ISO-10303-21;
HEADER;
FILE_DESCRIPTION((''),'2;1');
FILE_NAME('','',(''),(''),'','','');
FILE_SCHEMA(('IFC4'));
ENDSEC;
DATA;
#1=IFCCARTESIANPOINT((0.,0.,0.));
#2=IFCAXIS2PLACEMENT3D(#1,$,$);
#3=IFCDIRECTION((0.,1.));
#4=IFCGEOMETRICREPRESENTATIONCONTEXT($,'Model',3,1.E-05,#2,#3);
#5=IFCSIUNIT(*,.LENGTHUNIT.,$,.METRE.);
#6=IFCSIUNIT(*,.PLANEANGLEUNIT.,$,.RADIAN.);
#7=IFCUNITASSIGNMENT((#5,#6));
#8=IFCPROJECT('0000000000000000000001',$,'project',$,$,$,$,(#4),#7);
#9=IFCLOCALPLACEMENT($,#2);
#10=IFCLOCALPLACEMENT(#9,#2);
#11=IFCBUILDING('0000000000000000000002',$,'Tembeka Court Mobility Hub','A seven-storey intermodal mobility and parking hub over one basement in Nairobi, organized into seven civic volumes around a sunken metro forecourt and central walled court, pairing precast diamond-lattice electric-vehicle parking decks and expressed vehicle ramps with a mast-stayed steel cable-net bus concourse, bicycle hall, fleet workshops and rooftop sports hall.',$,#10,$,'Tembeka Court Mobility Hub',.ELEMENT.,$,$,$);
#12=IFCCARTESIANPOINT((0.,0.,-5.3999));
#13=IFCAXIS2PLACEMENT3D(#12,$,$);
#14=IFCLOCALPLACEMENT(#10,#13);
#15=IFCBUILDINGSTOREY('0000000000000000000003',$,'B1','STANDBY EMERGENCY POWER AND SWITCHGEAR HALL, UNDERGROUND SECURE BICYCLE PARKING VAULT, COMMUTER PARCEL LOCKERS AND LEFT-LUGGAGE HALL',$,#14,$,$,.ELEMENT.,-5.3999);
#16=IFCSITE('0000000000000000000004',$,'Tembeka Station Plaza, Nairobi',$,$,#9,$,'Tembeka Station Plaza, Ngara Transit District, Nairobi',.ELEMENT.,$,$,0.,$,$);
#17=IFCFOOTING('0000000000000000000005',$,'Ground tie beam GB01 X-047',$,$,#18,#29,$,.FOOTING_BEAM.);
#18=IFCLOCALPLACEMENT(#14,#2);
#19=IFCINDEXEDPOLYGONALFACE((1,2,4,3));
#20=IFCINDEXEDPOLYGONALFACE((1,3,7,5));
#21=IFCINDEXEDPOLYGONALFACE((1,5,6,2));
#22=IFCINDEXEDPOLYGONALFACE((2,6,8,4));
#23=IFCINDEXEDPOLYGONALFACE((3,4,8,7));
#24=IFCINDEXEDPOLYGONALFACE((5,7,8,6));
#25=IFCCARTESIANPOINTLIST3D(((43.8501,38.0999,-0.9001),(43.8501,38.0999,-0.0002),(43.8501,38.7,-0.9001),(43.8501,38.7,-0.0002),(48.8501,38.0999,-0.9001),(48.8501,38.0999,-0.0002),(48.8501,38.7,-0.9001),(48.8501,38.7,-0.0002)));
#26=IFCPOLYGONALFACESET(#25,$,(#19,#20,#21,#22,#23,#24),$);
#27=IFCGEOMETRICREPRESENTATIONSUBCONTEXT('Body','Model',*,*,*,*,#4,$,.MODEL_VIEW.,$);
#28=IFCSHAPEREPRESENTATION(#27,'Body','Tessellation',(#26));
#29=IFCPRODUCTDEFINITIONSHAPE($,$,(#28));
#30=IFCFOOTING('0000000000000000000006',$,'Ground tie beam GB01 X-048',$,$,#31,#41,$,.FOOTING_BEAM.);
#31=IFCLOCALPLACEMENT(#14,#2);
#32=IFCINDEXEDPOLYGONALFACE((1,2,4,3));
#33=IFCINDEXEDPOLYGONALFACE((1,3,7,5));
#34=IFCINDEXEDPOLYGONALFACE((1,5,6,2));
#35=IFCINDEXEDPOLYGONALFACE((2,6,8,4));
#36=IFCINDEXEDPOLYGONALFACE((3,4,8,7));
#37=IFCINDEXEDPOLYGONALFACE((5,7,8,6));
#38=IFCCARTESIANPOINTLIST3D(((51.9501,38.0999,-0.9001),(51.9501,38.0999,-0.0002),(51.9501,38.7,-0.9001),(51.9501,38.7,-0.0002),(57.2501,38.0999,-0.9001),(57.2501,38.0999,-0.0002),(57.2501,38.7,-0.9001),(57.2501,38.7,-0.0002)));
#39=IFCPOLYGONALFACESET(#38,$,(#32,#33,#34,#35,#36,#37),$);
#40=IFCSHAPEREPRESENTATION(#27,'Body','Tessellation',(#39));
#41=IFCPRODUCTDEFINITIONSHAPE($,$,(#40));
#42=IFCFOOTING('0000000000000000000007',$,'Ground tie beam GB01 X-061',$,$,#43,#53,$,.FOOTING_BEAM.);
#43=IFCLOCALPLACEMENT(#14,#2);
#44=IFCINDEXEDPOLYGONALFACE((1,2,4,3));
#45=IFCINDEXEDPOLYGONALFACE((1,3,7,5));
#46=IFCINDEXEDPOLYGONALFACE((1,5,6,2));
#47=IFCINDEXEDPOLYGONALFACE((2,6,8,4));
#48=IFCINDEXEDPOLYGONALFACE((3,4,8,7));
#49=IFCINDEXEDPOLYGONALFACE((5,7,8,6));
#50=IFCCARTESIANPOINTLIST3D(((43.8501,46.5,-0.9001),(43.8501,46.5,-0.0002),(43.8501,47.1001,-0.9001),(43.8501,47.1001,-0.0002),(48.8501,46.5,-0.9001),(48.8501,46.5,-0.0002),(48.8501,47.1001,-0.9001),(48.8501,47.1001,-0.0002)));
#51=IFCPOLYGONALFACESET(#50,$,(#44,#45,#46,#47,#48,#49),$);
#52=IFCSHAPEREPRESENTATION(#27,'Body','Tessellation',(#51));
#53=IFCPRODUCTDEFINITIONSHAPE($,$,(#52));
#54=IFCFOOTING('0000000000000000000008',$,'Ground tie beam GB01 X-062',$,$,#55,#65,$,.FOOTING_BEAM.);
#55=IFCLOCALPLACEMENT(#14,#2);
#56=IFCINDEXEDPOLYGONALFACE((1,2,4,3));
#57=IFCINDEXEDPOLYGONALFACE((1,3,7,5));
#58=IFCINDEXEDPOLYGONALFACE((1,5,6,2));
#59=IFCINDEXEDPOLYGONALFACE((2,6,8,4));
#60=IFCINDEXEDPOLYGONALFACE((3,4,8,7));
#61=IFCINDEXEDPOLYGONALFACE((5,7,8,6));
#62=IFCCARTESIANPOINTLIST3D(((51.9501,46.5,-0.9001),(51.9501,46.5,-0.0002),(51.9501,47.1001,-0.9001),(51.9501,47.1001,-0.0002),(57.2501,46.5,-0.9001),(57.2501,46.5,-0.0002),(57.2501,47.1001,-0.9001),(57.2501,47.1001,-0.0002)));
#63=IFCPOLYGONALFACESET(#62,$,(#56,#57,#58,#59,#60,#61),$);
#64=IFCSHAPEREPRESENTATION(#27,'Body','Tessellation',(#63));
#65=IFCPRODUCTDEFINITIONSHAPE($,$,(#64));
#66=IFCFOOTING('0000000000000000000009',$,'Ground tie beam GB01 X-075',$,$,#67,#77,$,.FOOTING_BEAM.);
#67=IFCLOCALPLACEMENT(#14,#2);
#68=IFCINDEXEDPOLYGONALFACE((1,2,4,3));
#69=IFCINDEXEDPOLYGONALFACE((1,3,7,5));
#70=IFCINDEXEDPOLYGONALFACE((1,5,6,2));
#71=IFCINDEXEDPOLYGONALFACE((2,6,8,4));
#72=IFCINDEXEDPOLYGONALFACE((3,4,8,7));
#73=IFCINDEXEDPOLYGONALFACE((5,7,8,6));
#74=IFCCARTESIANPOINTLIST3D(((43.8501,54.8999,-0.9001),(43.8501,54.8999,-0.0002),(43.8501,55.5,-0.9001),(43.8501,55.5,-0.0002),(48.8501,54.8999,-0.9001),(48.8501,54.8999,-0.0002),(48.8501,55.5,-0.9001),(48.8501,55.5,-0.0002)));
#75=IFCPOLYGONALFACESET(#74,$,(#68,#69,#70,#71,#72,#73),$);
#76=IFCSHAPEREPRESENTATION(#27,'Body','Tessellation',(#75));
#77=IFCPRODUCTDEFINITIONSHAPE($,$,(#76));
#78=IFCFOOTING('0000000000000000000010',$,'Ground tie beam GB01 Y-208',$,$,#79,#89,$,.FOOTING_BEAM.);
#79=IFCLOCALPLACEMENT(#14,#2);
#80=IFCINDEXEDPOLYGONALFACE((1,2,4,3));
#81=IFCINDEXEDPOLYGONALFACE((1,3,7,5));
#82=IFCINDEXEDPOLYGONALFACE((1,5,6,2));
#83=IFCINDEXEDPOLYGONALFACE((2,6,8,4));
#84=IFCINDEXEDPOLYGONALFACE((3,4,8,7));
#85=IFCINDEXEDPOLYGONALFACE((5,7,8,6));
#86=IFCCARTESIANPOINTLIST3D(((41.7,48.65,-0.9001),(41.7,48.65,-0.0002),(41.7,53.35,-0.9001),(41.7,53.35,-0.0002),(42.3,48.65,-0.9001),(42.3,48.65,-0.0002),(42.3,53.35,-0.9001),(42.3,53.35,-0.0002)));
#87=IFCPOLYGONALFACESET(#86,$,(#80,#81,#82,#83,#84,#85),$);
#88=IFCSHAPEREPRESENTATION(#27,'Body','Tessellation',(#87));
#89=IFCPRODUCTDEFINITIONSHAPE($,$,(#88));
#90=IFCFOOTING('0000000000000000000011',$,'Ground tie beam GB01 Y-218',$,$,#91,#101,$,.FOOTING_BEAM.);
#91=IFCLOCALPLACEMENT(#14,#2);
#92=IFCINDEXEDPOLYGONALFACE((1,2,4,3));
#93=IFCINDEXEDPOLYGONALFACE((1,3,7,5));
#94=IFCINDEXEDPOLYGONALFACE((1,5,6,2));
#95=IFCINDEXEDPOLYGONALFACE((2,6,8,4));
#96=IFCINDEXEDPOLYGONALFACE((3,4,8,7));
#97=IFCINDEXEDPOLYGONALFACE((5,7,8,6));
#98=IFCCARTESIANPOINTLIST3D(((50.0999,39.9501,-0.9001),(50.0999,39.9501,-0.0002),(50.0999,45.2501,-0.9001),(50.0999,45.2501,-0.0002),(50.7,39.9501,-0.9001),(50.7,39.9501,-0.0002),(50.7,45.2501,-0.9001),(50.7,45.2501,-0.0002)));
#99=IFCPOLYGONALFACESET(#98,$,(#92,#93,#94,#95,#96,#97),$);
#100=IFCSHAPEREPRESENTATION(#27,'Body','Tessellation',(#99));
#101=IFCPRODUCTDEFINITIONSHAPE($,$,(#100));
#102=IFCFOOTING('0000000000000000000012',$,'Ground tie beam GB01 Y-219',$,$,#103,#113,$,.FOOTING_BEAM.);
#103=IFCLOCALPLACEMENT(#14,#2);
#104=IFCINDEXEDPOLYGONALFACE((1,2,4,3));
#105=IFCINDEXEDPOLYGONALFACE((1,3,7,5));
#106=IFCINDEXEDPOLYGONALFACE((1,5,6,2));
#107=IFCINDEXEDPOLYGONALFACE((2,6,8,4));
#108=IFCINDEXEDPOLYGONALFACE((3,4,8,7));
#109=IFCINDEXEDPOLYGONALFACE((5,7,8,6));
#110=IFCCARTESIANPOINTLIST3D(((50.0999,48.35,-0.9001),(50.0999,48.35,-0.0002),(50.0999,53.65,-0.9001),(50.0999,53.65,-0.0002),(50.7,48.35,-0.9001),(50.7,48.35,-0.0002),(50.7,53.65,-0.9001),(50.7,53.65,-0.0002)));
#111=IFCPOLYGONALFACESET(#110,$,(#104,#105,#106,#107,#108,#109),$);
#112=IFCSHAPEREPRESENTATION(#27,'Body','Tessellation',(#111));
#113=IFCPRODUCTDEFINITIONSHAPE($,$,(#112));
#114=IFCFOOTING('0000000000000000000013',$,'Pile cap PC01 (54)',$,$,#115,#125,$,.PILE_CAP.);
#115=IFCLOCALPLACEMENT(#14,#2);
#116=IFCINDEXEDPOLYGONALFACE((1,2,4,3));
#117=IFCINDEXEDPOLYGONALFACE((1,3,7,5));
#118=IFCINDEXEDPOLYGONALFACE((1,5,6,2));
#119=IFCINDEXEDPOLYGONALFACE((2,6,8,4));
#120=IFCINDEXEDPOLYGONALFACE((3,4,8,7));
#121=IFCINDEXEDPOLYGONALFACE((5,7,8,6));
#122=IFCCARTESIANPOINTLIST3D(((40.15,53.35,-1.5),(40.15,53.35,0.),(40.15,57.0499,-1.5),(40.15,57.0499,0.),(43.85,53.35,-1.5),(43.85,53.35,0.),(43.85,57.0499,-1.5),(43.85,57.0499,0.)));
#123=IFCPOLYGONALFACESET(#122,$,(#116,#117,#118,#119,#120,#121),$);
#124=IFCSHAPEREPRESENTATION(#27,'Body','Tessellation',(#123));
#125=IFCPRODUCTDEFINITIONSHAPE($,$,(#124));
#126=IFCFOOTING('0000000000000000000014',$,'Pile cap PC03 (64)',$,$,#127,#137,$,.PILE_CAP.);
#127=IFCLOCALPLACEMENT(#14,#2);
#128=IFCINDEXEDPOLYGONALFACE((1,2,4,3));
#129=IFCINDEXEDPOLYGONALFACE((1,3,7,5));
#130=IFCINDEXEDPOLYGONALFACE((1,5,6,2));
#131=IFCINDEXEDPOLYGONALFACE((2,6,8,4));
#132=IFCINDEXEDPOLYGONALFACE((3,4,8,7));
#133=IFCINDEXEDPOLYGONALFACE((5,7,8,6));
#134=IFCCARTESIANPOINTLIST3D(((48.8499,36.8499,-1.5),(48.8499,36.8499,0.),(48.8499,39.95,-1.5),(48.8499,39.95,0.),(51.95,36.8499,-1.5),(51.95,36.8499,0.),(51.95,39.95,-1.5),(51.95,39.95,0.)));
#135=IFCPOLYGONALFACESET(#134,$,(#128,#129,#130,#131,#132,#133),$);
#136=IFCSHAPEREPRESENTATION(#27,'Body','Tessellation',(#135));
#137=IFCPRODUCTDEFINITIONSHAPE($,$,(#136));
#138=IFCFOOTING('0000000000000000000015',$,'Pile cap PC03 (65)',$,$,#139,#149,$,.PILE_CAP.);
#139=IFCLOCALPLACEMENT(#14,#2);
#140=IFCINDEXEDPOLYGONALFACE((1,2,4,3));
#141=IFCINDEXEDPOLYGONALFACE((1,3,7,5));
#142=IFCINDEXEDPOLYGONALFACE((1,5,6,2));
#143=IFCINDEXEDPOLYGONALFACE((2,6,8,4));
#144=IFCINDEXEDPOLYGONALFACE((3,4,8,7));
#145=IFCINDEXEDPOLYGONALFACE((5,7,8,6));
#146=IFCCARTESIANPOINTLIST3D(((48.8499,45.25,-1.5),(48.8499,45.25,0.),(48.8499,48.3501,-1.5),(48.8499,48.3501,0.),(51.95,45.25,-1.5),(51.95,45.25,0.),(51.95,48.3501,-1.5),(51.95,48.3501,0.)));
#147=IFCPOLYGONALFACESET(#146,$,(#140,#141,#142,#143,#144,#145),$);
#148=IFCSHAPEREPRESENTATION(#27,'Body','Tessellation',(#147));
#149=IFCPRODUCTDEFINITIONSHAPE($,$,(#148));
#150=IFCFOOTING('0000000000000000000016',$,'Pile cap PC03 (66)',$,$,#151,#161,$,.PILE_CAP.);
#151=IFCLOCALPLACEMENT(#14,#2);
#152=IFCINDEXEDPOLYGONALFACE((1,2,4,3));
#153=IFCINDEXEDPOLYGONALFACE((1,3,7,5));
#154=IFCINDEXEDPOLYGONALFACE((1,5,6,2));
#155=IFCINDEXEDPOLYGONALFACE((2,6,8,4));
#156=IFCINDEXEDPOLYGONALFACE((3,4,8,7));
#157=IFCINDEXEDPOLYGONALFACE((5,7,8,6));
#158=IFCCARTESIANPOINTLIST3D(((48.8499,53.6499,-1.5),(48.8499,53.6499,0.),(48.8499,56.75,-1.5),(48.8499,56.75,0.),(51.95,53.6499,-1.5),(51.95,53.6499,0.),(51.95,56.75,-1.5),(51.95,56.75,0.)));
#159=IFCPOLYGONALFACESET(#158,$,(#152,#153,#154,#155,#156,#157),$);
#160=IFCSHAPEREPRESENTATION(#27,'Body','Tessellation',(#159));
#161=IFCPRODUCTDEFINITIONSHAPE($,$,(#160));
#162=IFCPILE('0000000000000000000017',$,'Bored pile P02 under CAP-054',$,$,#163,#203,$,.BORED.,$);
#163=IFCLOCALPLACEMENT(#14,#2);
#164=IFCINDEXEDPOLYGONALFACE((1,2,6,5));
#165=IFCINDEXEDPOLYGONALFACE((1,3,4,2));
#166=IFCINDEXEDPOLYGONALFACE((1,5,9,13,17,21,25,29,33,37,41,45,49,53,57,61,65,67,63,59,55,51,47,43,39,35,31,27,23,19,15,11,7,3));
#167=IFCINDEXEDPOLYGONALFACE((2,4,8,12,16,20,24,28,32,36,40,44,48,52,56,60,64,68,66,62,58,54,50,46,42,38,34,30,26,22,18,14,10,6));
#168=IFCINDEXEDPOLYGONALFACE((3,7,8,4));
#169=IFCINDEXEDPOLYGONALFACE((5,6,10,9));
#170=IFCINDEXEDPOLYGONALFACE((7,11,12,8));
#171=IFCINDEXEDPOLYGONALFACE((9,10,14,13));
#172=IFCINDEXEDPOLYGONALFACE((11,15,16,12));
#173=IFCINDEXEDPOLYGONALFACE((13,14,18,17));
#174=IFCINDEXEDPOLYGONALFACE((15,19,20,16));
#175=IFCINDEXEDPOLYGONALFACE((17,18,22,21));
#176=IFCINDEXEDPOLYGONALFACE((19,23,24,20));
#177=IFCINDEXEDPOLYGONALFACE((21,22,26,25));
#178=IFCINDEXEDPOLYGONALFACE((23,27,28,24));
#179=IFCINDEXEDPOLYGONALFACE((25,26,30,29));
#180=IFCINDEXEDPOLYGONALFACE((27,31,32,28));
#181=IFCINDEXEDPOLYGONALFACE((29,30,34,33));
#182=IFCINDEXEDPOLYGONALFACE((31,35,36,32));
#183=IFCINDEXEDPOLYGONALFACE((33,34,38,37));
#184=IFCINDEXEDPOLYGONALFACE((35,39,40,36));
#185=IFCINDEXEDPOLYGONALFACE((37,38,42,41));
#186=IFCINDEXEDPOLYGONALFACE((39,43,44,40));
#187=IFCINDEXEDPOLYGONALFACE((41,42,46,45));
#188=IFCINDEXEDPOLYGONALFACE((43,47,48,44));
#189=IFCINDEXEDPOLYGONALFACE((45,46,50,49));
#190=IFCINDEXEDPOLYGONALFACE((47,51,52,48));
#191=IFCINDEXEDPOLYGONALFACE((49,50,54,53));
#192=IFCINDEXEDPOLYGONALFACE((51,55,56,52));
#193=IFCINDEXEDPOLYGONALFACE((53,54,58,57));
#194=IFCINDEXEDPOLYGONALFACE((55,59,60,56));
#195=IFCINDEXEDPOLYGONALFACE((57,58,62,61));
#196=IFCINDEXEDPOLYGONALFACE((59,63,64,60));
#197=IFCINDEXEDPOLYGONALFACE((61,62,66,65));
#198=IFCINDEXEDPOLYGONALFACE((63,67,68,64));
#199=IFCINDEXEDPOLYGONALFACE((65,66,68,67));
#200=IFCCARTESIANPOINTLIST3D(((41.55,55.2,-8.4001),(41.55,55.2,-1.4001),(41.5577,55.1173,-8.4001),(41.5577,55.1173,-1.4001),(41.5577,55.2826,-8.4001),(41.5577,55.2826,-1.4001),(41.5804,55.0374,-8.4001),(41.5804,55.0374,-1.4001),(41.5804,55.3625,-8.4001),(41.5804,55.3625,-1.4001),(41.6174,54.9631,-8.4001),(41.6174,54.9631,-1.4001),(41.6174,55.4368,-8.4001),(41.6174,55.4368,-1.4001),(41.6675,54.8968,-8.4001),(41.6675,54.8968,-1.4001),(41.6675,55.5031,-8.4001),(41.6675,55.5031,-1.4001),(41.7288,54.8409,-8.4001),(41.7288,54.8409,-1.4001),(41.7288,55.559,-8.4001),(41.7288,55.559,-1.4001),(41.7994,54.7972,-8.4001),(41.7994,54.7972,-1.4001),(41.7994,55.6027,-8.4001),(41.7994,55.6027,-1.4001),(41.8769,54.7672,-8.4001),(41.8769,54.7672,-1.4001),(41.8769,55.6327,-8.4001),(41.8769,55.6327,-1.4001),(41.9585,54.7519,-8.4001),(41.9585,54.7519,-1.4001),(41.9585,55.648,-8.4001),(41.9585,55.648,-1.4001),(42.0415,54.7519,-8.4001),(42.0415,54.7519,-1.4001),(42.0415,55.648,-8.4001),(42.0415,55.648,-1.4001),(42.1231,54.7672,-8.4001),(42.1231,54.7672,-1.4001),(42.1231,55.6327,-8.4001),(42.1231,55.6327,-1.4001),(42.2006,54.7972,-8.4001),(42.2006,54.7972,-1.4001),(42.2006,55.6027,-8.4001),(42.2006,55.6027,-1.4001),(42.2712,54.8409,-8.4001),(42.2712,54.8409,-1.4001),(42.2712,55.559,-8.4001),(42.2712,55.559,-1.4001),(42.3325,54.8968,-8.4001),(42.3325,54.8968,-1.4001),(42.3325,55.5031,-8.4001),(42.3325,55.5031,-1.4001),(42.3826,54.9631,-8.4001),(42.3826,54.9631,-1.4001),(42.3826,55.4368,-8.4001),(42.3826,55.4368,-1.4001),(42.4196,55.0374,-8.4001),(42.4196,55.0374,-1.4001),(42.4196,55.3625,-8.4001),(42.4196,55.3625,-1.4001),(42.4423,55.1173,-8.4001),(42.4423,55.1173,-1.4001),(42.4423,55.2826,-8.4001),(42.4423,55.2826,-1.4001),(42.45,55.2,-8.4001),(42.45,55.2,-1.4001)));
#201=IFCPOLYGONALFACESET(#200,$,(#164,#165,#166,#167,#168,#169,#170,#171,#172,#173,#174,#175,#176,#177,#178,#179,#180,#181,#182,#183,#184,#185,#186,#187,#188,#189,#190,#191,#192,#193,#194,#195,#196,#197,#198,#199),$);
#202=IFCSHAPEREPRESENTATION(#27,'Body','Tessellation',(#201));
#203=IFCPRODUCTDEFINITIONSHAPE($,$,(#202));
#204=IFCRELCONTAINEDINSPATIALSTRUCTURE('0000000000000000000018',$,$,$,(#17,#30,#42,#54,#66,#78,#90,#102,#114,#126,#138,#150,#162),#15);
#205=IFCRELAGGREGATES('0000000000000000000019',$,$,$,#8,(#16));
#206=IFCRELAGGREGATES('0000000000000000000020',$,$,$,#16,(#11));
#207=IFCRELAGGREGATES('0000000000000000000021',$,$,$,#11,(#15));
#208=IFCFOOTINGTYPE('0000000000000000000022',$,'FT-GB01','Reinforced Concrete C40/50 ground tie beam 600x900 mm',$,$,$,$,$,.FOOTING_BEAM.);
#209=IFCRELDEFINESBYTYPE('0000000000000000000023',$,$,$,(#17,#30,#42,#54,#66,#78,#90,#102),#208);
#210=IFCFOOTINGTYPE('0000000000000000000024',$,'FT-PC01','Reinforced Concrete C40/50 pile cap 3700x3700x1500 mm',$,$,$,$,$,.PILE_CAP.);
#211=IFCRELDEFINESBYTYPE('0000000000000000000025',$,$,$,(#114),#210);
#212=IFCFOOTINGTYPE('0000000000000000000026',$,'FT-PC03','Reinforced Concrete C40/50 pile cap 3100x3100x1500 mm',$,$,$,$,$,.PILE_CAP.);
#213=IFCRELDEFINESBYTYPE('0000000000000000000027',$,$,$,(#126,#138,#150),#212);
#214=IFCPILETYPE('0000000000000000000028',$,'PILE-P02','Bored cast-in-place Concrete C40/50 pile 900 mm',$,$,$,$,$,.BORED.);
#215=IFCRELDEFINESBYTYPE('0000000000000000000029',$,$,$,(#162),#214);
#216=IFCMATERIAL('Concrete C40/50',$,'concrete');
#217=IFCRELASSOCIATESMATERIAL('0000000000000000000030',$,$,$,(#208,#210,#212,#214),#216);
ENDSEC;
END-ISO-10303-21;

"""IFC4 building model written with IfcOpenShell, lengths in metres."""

from ifc_helpers import new_model, si_unit, direction, frame, origin, origin_2d, place, context, subcontext, project, spatial, rectangle, circle, extrude, material, material_profile, profile_set, type_object, element, save


model = new_model("IFC4")

# Units and contexts
model_context = context("Model", 3, precision=1e-05, world=origin(), true_north=direction((0.0, 1.0)))
body_context = subcontext(model_context, "Body", "Model", "MODEL_VIEW")
ifc_project = project(units=[si_unit("LENGTHUNIT", "METRE"), si_unit("PLANEANGLEUNIT", "RADIAN")], contexts=[model_context])

# Site, building, storey
site_placement = place(None, origin())
site = spatial("IfcSite", under=ifc_project, at=site_placement, Name="Tembeka Station Plaza, Nairobi", LongName="Tembeka Station Plaza, Ngara Transit District, Nairobi", CompositionType="ELEMENT", RefElevation=0.0)
building_placement = place(site_placement, origin())
building = spatial("IfcBuilding", under=site, at=building_placement, Name="Tembeka Court Mobility Hub", Description="A seven-storey intermodal mobility and parking hub over one basement in Nairobi, organized into seven civic volumes around a sunken metro forecourt and central walled court, pairing precast diamond-lattice electric-vehicle parking decks and expressed vehicle ramps with a mast-stayed steel cable-net bus concourse, bicycle hall, fleet workshops and rooftop sports hall.", LongName="Tembeka Court Mobility Hub", CompositionType="ELEMENT")
storey_placement = place(building_placement, frame((0.0, 0.0, -5.3999)))
storey = spatial("IfcBuildingStorey", under=building, at=storey_placement, Name="B1", Description="STANDBY EMERGENCY POWER AND SWITCHGEAR HALL, UNDERGROUND SECURE BICYCLE PARKING VAULT, COMMUTER PARCEL LOCKERS AND LEFT-LUGGAGE HALL", CompositionType="ELEMENT", Elevation=-5.3999)

# Footings
ifc_material_1 = material(Name="Concrete C40/50", Category="concrete")
footing_type_1 = type_object("IfcFootingType", Name="FT-GB01", Description="Reinforced Concrete C40/50 ground tie beam 600x900 mm", PredefinedType="FOOTING_BEAM", material=ifc_material_1)
footing_1_placement = place(storey_placement, frame((46.3501, 38.3999, -0.9001), z_axis=(0.0, 0.0, 1.0), x_axis=(1.0, 0.0, 0.0)))
element("IfcFooting", 1, at=footing_1_placement, inside=storey, type_object=footing_type_1, Name="Ground tie beam GB01 X-047", PredefinedType="FOOTING_BEAM", context=body_context, shape_type="SweptSolid", body=[
    extrude(rectangle(XDim=5.0, YDim=0.6001, at=origin_2d()), origin(), (0.0, 0.0, 1.0), 0.8999),
])
footing_2_placement = place(storey_placement, frame((54.6001, 38.3999, -0.9001), z_axis=(0.0, 0.0, 1.0), x_axis=(1.0, 0.0, 0.0)))
element("IfcFooting", 2, at=footing_2_placement, inside=storey, type_object=footing_type_1, Name="Ground tie beam GB01 X-048", PredefinedType="FOOTING_BEAM", context=body_context, shape_type="SweptSolid", body=[
    extrude(rectangle(XDim=5.3, YDim=0.6001, at=origin_2d()), origin(), (0.0, 0.0, 1.0), 0.8999),
])
footing_3_placement = place(storey_placement, frame((46.3501, 46.8, -0.9001), z_axis=(0.0, 0.0, 1.0), x_axis=(1.0, 0.0, 0.0)))
element("IfcFooting", 3, at=footing_3_placement, inside=storey, type_object=footing_type_1, Name="Ground tie beam GB01 X-061", PredefinedType="FOOTING_BEAM", context=body_context, shape_type="SweptSolid", body=[
    extrude(rectangle(XDim=5.0, YDim=0.6001, at=origin_2d()), origin(), (0.0, 0.0, 1.0), 0.8999),
])
footing_4_placement = place(storey_placement, frame((54.6001, 46.8, -0.9001), z_axis=(0.0, 0.0, 1.0), x_axis=(1.0, 0.0, 0.0)))
element("IfcFooting", 4, at=footing_4_placement, inside=storey, type_object=footing_type_1, Name="Ground tie beam GB01 X-062", PredefinedType="FOOTING_BEAM", context=body_context, shape_type="SweptSolid", body=[
    extrude(rectangle(XDim=5.3, YDim=0.6001, at=origin_2d()), origin(), (0.0, 0.0, 1.0), 0.8999),
])
footing_5_placement = place(storey_placement, frame((46.3501, 55.2, -0.9001), z_axis=(0.0, 0.0, 1.0), x_axis=(1.0, 0.0, 0.0)))
element("IfcFooting", 5, at=footing_5_placement, inside=storey, type_object=footing_type_1, Name="Ground tie beam GB01 X-075", PredefinedType="FOOTING_BEAM", context=body_context, shape_type="SweptSolid", body=[
    extrude(rectangle(XDim=5.0, YDim=0.6001, at=origin_2d()), origin(), (0.0, 0.0, 1.0), 0.8999),
])
footing_6_placement = place(storey_placement, frame((42.0, 51.0, -0.9001), z_axis=(0.0, 0.0, 1.0), x_axis=(0.0, 1.0, 0.0)))
element("IfcFooting", 6, at=footing_6_placement, inside=storey, type_object=footing_type_1, Name="Ground tie beam GB01 Y-208", PredefinedType="FOOTING_BEAM", context=body_context, shape_type="SweptSolid", body=[
    extrude(rectangle(XDim=4.7, YDim=0.6001, at=origin_2d()), origin(), (0.0, 0.0, 1.0), 0.8999),
])
for number, where, z_axis, x_axis, name in (
    (7, (50.3999, 42.6001, -0.9001), (0.0, 0.0, 1.0), (0.0, 1.0, 0.0), "Ground tie beam GB01 Y-218"),
    (8, (50.3999, 51.0, -0.9001), (0.0, 0.0, 1.0), (0.0, 1.0, 0.0), "Ground tie beam GB01 Y-219"),
):
    element("IfcFooting", number, at=place(storey_placement, frame(where, z_axis=z_axis, x_axis=x_axis)), inside=storey, type_object=footing_type_1, Name=name, PredefinedType="FOOTING_BEAM", context=body_context, shape_type="SweptSolid", body=[
        extrude(rectangle(XDim=5.3, YDim=0.6001, at=origin_2d()), origin(), (0.0, 0.0, 1.0), 0.8999),
    ])
footing_type_2 = type_object("IfcFootingType", Name="FT-PC01", Description="Reinforced Concrete C40/50 pile cap 3700x3700x1500 mm", PredefinedType="PILE_CAP", material=ifc_material_1)
footing_7_placement = place(storey_placement, frame((42.0, 55.2, -1.5), z_axis=(0.0, 0.0, 1.0), x_axis=(1.0, 0.0, 0.0)))
element("IfcFooting", 9, at=footing_7_placement, inside=storey, type_object=footing_type_2, Name="Pile cap PC01 (54)", PredefinedType="PILE_CAP", context=body_context, shape_type="SweptSolid", body=[
    extrude(rectangle(XDim=3.7, YDim=3.7, at=origin_2d()), origin(), (0.0, 0.0, 1.0), 1.5),
])
footing_type_3 = type_object("IfcFootingType", Name="FT-PC03", Description="Reinforced Concrete C40/50 pile cap 3100x3100x1500 mm", PredefinedType="PILE_CAP", material=ifc_material_1)
for number, where, z_axis, x_axis, name in (
    (10, (50.3999, 38.3999, -1.5), (0.0, 0.0, 1.0), (1.0, 0.0, 0.0), "Pile cap PC03 (64)"),
    (11, (50.3999, 46.8, -1.5), (0.0, 0.0, 1.0), (1.0, 0.0, 0.0), "Pile cap PC03 (65)"),
    (12, (50.3999, 55.2, -1.5), (0.0, 0.0, 1.0), (1.0, 0.0, 0.0), "Pile cap PC03 (66)"),
):
    element("IfcFooting", number, at=place(storey_placement, frame(where, z_axis=z_axis, x_axis=x_axis)), inside=storey, type_object=footing_type_3, Name=name, PredefinedType="PILE_CAP", context=body_context, shape_type="SweptSolid", body=[
        extrude(rectangle(XDim=3.1001, YDim=3.1001, at=origin_2d()), origin(), (0.0, 0.0, 1.0), 1.5),
    ])

# Pile
ifc_material_profile_1 = material_profile(ifc_material_1, circle(Radius=0.45, at=origin_2d()), Name="PILE D900")
ifc_profile_set_1 = profile_set([ifc_material_profile_1], Name="Concrete C40/50")
pile_type = type_object("IfcPileType", Name="PILE-P02", Description="Bored cast-in-place Concrete C40/50 pile 900 mm", PredefinedType="BORED", material=ifc_profile_set_1)
for number, where, z_axis, x_axis, name in (
    (13, (42.0, 55.2, -1.4001), (0.0, 0.0, -1.0), (1.0, 0.0, 0.0), "Bored pile P02 under CAP-054"),
):
    element("IfcPile", number, at=place(storey_placement, frame(where, z_axis=z_axis, x_axis=x_axis)), inside=storey, type_object=pile_type, Name=name, PredefinedType="BORED", context=body_context, shape_type="SweptSolid", body=[
        extrude(circle(Radius=0.45, at=origin_2d()), origin(), (0.0, 0.0, 1.0), 7.0),
    ])

save(model, "model.ifc")
